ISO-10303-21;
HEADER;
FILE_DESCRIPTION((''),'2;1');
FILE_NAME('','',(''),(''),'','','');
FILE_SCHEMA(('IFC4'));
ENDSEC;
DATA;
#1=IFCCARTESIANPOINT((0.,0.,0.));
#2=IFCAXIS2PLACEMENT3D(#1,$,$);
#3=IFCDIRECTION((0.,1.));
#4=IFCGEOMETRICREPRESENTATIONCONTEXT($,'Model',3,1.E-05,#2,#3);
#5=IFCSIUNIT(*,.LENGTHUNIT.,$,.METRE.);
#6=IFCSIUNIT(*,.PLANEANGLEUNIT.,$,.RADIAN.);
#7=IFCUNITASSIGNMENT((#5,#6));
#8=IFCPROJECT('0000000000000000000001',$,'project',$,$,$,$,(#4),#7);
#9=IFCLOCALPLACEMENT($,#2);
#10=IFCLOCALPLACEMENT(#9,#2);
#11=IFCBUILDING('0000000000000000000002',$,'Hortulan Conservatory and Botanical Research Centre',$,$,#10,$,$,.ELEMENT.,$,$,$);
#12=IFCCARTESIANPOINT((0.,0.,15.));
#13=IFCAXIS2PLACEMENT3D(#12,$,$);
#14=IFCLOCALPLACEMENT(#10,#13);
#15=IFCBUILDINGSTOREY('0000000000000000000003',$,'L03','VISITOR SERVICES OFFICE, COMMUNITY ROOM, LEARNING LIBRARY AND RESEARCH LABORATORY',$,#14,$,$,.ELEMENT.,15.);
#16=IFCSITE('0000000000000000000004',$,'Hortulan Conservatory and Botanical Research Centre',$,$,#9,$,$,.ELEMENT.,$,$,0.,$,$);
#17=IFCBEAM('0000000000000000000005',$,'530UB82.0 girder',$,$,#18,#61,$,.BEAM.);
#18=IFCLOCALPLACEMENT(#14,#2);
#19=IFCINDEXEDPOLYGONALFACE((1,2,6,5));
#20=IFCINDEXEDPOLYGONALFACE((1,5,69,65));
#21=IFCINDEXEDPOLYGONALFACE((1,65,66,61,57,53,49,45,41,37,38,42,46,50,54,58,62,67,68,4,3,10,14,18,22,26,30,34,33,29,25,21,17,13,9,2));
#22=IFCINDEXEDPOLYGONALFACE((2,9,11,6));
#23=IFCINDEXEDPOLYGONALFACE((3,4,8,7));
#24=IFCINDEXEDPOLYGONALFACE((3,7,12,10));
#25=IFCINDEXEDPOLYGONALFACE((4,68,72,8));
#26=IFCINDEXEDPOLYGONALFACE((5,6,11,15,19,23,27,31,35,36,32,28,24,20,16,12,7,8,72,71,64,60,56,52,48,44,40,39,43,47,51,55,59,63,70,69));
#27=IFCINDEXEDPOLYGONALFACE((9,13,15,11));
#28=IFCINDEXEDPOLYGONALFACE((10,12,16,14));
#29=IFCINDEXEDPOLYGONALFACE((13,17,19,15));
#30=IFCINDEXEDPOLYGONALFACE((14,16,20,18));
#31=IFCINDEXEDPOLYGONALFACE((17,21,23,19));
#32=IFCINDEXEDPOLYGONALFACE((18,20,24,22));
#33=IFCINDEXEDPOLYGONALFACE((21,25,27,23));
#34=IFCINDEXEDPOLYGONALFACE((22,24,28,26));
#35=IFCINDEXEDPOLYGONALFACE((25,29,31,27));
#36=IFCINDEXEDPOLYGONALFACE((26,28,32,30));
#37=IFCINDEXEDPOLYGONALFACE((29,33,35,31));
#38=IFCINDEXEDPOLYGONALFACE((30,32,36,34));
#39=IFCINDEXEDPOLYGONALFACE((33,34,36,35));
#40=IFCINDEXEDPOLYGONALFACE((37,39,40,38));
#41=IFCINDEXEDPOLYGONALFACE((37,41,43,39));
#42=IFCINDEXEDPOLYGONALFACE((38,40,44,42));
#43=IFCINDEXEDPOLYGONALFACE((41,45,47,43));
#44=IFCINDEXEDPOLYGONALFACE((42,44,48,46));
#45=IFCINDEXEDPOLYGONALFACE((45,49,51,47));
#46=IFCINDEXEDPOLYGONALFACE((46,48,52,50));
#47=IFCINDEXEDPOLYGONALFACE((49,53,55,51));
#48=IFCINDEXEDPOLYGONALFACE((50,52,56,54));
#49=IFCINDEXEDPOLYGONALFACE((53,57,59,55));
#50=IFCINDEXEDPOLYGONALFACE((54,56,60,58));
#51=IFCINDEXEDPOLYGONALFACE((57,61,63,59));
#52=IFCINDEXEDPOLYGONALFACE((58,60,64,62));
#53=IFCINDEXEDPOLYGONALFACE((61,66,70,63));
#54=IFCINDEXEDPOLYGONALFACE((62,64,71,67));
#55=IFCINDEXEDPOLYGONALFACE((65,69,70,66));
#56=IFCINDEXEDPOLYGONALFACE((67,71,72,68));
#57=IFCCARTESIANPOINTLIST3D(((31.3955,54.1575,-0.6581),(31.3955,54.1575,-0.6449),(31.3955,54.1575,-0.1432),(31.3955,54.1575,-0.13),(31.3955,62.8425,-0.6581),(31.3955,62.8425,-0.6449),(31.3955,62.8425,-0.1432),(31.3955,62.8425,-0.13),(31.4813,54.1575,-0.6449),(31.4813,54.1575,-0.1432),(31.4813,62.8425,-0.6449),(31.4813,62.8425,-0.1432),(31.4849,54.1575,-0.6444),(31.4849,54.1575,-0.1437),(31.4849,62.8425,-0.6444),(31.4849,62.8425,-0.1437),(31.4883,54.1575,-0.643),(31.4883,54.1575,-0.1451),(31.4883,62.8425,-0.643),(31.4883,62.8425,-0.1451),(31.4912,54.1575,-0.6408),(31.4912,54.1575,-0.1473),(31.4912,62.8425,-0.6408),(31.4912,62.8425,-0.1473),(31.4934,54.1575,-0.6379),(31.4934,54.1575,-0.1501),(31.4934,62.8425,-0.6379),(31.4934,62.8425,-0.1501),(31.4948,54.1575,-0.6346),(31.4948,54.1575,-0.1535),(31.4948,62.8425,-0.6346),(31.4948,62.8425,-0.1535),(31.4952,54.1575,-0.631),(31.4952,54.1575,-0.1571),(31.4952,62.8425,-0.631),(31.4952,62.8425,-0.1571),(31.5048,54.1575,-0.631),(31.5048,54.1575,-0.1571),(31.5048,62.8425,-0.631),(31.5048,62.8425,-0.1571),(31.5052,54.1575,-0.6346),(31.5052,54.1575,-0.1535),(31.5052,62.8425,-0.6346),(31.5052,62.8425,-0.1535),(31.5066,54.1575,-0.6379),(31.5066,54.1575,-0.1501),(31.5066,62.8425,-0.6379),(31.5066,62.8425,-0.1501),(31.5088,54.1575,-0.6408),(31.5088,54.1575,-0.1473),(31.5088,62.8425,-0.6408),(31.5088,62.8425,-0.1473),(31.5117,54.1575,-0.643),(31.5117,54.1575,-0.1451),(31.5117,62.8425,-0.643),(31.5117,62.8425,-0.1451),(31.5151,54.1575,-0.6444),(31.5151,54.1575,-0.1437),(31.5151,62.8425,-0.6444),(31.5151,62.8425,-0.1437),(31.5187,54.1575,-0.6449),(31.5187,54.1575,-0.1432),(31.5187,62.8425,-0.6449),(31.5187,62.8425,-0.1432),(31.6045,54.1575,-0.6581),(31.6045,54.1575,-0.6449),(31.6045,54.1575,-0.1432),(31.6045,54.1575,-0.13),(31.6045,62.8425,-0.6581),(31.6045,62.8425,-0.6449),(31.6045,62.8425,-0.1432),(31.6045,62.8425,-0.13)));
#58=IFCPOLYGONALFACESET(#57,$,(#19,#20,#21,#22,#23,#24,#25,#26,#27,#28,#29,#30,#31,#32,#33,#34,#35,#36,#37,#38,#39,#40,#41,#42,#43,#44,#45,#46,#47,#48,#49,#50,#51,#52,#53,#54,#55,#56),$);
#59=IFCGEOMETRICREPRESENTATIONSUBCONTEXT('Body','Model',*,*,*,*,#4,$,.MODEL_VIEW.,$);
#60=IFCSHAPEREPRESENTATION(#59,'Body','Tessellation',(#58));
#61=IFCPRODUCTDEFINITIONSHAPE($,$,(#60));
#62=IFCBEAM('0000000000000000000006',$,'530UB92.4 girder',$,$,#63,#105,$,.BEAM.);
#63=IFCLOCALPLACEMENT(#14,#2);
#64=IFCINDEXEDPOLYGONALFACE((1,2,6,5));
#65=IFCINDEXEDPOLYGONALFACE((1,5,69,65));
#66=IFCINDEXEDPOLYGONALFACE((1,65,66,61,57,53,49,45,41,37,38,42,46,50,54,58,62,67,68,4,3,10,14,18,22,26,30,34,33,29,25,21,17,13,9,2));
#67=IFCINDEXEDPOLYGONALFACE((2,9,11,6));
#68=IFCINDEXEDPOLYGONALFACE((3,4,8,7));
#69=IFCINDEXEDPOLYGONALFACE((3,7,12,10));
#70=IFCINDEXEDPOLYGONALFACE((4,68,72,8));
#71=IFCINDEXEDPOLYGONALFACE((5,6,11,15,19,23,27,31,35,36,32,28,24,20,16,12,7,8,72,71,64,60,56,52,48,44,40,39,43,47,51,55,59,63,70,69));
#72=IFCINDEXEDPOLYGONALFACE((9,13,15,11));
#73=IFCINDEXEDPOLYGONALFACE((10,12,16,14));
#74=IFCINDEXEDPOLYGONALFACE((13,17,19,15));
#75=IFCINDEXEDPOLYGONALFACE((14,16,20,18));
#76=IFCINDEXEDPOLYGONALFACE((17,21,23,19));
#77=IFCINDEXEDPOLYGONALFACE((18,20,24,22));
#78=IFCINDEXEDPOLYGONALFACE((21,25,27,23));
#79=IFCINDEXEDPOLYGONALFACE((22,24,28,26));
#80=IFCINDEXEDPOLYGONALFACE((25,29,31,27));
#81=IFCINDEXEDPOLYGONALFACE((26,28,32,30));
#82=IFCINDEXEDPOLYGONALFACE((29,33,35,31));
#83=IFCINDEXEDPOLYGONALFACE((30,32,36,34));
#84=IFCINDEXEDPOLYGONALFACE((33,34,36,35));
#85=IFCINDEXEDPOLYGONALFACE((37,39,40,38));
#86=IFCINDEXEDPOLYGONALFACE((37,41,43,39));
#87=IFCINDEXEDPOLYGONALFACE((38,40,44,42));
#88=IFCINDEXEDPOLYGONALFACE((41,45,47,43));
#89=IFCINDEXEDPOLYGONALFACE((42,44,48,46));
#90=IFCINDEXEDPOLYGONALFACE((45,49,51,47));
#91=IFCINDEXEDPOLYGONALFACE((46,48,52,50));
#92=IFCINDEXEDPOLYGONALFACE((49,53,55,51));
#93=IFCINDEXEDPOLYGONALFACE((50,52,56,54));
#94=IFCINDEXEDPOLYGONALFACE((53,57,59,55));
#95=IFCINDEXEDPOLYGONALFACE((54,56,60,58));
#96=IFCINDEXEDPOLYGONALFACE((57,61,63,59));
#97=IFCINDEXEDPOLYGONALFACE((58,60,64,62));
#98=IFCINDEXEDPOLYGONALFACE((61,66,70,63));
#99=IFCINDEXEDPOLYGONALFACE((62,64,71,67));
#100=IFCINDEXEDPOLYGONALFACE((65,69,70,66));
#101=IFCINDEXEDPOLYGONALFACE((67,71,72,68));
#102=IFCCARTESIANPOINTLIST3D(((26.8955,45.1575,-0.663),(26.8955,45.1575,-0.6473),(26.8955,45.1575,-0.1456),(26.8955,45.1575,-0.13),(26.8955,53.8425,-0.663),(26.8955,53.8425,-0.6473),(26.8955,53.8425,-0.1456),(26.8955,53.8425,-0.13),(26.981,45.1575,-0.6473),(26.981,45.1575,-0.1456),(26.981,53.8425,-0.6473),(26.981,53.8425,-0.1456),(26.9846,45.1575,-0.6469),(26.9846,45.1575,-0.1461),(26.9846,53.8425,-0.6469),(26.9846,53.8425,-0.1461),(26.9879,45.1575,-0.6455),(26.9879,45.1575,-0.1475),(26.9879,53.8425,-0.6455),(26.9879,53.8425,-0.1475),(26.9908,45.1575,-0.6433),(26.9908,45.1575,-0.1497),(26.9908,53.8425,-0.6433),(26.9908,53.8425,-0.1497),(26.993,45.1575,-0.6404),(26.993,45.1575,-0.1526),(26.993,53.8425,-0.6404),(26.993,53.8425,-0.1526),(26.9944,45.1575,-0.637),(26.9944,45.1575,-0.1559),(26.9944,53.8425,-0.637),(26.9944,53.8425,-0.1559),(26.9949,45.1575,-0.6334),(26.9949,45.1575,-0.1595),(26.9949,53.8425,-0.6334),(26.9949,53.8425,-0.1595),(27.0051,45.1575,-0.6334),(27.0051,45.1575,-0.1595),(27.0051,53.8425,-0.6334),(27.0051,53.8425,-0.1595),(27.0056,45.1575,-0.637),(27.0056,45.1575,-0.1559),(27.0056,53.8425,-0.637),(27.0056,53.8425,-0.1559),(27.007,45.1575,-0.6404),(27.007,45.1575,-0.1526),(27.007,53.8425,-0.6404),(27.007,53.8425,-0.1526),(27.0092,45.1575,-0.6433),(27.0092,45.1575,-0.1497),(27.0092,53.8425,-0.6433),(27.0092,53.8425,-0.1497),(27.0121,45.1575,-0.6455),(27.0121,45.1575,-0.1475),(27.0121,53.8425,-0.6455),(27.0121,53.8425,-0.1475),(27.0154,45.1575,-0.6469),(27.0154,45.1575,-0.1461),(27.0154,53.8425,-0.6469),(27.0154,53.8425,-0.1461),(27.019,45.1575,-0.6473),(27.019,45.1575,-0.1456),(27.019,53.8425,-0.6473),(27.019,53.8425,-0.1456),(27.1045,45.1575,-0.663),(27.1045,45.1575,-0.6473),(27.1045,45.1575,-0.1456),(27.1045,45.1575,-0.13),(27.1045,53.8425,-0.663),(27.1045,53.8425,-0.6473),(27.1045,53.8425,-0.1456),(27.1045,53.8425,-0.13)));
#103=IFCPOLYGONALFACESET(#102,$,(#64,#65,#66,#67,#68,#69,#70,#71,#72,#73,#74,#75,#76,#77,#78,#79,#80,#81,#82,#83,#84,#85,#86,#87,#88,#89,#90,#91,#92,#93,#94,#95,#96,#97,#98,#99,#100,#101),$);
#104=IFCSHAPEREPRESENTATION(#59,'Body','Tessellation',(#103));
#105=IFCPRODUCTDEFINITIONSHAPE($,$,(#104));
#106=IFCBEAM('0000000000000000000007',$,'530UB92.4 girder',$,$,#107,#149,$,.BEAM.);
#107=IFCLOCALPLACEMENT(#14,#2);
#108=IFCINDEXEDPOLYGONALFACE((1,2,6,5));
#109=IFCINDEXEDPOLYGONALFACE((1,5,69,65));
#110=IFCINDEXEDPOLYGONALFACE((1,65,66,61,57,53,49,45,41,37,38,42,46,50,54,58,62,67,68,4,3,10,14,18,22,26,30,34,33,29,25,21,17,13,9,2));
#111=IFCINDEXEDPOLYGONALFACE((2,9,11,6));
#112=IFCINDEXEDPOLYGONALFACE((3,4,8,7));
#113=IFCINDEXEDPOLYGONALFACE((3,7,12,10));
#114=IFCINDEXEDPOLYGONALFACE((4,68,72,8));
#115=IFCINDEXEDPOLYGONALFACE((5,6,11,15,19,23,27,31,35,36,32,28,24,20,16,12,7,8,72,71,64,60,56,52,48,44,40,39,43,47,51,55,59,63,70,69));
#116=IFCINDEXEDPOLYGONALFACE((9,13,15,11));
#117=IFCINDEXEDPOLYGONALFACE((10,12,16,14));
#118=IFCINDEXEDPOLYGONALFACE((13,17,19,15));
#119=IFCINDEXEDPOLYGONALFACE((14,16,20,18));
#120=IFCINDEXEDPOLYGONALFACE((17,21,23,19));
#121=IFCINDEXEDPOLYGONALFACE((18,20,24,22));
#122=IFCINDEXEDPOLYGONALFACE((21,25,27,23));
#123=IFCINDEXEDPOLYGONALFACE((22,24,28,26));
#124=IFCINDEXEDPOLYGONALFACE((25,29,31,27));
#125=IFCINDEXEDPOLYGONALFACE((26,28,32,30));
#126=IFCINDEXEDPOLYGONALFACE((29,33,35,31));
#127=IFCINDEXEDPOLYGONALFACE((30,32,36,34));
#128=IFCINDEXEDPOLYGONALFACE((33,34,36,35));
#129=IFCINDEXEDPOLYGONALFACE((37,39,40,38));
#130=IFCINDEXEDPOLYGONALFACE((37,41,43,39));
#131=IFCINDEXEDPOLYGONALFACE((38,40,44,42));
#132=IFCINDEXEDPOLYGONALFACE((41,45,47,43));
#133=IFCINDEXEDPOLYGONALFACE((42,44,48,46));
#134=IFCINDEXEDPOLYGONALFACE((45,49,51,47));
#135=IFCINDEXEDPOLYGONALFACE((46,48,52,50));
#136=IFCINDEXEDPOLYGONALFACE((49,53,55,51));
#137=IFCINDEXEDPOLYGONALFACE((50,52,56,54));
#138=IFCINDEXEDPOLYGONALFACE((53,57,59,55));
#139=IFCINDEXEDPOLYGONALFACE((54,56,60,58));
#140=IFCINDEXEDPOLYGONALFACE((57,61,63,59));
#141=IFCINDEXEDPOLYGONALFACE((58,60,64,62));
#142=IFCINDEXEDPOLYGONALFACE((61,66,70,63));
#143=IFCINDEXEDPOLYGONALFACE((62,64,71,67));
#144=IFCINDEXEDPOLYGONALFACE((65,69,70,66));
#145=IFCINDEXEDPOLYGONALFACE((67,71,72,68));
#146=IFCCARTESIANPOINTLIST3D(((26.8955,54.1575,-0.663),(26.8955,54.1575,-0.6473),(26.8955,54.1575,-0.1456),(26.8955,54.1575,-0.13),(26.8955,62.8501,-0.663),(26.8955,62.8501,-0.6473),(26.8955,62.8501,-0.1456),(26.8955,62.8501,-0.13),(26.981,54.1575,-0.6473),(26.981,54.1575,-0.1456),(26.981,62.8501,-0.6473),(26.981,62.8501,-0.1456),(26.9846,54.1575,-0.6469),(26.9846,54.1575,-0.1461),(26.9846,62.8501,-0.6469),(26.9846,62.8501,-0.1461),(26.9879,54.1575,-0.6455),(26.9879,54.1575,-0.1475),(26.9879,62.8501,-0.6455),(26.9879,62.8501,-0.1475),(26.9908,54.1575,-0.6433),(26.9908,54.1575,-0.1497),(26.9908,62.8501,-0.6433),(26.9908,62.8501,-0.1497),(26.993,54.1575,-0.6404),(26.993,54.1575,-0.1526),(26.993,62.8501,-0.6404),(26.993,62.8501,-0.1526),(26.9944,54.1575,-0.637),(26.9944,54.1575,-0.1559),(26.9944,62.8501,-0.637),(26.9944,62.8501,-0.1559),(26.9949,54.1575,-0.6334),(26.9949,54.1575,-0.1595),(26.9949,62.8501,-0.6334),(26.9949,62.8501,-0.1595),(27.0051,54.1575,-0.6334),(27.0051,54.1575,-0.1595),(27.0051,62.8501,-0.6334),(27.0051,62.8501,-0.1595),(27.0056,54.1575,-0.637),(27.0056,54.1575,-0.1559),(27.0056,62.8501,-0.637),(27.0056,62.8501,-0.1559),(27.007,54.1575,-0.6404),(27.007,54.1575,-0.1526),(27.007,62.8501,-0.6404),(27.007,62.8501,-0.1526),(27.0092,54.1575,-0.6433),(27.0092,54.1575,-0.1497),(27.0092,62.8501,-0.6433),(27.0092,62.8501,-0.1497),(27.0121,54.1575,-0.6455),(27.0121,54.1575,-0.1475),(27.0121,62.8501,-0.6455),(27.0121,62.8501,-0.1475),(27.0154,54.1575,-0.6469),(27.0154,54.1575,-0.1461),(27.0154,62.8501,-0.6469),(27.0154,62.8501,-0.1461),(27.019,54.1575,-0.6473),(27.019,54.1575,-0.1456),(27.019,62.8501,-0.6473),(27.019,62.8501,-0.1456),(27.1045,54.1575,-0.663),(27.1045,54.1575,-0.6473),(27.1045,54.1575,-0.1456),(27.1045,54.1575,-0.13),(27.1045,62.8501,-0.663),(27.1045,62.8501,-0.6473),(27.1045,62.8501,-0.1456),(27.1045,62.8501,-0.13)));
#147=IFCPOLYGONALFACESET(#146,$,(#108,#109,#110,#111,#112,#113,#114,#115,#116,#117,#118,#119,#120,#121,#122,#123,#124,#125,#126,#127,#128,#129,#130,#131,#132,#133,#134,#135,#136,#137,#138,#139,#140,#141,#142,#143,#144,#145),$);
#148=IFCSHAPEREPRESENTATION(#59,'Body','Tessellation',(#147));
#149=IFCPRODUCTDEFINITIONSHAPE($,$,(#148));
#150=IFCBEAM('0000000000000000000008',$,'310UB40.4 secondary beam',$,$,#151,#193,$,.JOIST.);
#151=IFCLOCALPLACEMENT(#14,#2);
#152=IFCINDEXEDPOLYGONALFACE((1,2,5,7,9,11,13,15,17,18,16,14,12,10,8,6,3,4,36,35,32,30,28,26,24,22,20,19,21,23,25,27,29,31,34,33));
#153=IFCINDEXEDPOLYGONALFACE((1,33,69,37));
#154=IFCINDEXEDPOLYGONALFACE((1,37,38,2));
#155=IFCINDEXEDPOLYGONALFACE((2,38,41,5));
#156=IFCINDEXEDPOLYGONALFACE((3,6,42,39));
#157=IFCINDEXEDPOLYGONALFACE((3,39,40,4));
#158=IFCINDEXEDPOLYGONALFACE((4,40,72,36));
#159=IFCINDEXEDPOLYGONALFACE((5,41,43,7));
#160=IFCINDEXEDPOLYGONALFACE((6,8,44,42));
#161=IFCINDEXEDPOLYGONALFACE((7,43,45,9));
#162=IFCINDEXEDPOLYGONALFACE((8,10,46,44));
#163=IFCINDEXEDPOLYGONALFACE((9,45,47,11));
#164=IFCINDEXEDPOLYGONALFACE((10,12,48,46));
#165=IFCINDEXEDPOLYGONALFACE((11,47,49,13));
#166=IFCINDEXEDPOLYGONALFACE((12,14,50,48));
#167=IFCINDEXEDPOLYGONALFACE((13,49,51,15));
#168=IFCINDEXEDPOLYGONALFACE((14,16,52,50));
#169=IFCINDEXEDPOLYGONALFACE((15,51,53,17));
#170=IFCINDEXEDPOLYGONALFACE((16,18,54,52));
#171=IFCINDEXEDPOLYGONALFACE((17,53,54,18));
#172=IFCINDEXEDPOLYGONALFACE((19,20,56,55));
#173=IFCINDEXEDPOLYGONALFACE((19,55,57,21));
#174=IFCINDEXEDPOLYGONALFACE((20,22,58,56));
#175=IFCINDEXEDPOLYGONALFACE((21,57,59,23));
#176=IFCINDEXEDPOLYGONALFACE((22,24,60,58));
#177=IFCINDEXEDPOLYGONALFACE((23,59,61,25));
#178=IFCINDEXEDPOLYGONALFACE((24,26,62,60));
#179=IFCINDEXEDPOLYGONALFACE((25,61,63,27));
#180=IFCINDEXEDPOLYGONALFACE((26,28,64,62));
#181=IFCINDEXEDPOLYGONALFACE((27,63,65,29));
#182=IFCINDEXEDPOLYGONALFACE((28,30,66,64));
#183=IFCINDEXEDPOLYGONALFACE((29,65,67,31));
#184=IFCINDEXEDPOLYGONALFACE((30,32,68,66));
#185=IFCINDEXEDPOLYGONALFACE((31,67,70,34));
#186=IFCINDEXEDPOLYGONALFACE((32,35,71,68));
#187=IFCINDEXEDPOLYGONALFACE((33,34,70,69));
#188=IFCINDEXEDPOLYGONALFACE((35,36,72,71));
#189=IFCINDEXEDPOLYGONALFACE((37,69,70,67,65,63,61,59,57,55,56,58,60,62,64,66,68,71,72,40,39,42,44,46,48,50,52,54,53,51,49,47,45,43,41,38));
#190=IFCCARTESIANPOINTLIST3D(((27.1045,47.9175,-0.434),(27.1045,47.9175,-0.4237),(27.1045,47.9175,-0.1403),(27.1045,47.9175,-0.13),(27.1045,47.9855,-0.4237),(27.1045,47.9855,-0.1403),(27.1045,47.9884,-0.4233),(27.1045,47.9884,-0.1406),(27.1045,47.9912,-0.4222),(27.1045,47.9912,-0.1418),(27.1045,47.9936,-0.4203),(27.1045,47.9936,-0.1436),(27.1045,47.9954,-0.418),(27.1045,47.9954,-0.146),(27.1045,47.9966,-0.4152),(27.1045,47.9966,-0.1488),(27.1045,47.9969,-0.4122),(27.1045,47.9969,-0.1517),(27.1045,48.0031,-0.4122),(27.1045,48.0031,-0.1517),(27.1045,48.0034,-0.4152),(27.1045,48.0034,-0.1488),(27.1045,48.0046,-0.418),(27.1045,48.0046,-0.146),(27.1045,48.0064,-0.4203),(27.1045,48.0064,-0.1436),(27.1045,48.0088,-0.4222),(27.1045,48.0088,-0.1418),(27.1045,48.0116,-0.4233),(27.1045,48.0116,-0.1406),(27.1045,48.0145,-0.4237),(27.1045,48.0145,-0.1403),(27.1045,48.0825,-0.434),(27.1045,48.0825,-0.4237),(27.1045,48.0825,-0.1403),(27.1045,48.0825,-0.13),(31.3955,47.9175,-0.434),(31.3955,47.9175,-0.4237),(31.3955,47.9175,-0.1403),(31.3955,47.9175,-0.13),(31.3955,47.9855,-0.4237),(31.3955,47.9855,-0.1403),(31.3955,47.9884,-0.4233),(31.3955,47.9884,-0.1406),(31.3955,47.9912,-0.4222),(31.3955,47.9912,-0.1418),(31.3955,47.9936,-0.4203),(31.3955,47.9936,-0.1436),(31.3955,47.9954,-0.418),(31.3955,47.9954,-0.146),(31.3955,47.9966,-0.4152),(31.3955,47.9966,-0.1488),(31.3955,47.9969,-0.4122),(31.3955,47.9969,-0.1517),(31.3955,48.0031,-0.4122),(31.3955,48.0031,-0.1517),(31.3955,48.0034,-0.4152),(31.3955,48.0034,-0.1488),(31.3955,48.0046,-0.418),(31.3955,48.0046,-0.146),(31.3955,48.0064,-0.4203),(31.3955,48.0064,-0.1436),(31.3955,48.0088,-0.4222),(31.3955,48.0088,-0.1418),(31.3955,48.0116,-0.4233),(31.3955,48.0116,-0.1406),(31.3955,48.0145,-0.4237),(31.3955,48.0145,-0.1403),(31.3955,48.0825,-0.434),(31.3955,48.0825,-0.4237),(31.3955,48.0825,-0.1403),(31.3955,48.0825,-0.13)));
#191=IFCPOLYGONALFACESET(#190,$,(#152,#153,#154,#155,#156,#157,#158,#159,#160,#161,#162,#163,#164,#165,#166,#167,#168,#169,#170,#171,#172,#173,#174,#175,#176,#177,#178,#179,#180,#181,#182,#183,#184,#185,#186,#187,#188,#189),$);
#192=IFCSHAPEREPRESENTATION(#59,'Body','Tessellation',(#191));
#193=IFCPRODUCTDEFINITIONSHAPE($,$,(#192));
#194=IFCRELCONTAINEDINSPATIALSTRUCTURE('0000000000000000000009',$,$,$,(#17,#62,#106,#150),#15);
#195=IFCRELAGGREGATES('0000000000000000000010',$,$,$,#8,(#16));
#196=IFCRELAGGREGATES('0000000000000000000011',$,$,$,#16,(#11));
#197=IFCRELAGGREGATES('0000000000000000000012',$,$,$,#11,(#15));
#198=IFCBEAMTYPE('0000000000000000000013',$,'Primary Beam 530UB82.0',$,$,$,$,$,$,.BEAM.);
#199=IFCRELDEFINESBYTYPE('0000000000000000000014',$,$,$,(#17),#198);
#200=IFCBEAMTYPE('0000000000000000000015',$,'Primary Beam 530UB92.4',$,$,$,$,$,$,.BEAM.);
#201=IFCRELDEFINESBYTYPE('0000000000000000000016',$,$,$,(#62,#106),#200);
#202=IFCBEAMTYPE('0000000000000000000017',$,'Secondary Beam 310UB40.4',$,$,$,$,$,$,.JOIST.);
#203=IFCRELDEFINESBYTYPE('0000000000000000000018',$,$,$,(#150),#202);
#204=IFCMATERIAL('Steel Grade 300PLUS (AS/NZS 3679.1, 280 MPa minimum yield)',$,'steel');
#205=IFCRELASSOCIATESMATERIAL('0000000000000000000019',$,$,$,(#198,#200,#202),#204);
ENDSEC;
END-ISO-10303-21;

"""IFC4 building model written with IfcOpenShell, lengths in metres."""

from ifc_helpers import new_model, si_unit, direction, frame, origin, origin_2d, place, context, subcontext, project, spatial, i_section, extrude, material, material_profile, profile_set, type_object, element, save


model = new_model("IFC4")

# Units and contexts
model_context = context("Model", 3, precision=1e-05, world=origin(), true_north=direction((0.0, 1.0)))
body_context = subcontext(model_context, "Body", "Model", "MODEL_VIEW")
ifc_project = project(units=[si_unit("LENGTHUNIT", "METRE"), si_unit("PLANEANGLEUNIT", "RADIAN")], contexts=[model_context])

# Site, building, storey
site_placement = place(None, origin())
site = spatial("IfcSite", under=ifc_project, at=site_placement, Name="Hortulan Conservatory and Botanical Research Centre", CompositionType="ELEMENT", RefElevation=0.0)
building_placement = place(site_placement, origin())
building = spatial("IfcBuilding", under=site, at=building_placement, Name="Hortulan Conservatory and Botanical Research Centre", CompositionType="ELEMENT")
storey_placement = place(building_placement, frame((0.0, 0.0, 15.0)))
storey = spatial("IfcBuildingStorey", under=building, at=storey_placement, Name="L03", Description="VISITOR SERVICES OFFICE, COMMUNITY ROOM, LEARNING LIBRARY AND RESEARCH LABORATORY", CompositionType="ELEMENT", Elevation=15.0)

# Shared definitions
ifc_material_1 = material(Name="Steel Grade 300PLUS (AS/NZS 3679.1, 280 MPa minimum yield)", Category="steel")

# Beams
ifc_material_profile_1 = material_profile(ifc_material_1, i_section(OverallWidth=0.209, OverallDepth=0.5281, WebThickness=0.0095, FlangeThickness=0.0132, FilletRadius=0.0139, at=origin_2d()), Name="530UB82.0")
ifc_profile_set_1 = profile_set([ifc_material_profile_1], Name="Steel Grade 300PLUS (AS/NZS 3679.1, 280 MPa minimum yield)")
beam_type_1 = type_object("IfcBeamType", Name="Primary Beam 530UB82.0", PredefinedType="BEAM", material=ifc_profile_set_1)
for number, where, z_axis, x_axis, name in (
    (1, (31.5, 54.1575, -0.394), (0.0, 1.0, 0.0), (-1.0, 0.0, 0.0), "530UB82.0 girder"),
):
    element("IfcBeam", number, at=place(storey_placement, frame(where, z_axis=z_axis, x_axis=x_axis)), inside=storey, type_object=beam_type_1, Name=name, PredefinedType="BEAM", context=body_context, shape_type="SweptSolid", body=[
        extrude(i_section(OverallWidth=0.209, OverallDepth=0.5281, WebThickness=0.0095, FlangeThickness=0.0132, FilletRadius=0.0139, at=origin_2d()), origin(), (0.0, 0.0, 1.0), 8.6851),
    ])
ifc_material_profile_2 = material_profile(ifc_material_1, i_section(OverallWidth=0.209, OverallDepth=0.533, WebThickness=0.0103, FlangeThickness=0.0156, FilletRadius=0.0139, at=origin_2d()), Name="530UB92.4")
ifc_profile_set_2 = profile_set([ifc_material_profile_2], Name="Steel Grade 300PLUS (AS/NZS 3679.1, 280 MPa minimum yield)")
beam_type_2 = type_object("IfcBeamType", Name="Primary Beam 530UB92.4", PredefinedType="BEAM", material=ifc_profile_set_2)
beam_1_placement = place(storey_placement, frame((27.0, 45.1575, -0.3965), z_axis=(0.0, 1.0, 0.0), x_axis=(-1.0, 0.0, 0.0)))
element("IfcBeam", 2, at=beam_1_placement, inside=storey, type_object=beam_type_2, Name="530UB92.4 girder", PredefinedType="BEAM", context=body_context, shape_type="SweptSolid", body=[
    extrude(i_section(OverallWidth=0.209, OverallDepth=0.533, WebThickness=0.0103, FlangeThickness=0.0156, FilletRadius=0.0139, at=origin_2d()), origin(), (0.0, 0.0, 1.0), 8.6851),
])
beam_2_placement = place(storey_placement, frame((27.0, 54.1575, -0.3965), z_axis=(0.0, 1.0, 0.0), x_axis=(-1.0, 0.0, 0.0)))
element("IfcBeam", 3, at=beam_2_placement, inside=storey, type_object=beam_type_2, Name="530UB92.4 girder", PredefinedType="BEAM", context=body_context, shape_type="SweptSolid", body=[
    extrude(i_section(OverallWidth=0.209, OverallDepth=0.533, WebThickness=0.0103, FlangeThickness=0.0156, FilletRadius=0.0139, at=origin_2d()), origin(), (0.0, 0.0, 1.0), 8.6926),
])
ifc_material_profile_3 = material_profile(ifc_material_1, i_section(OverallWidth=0.165, OverallDepth=0.304, WebThickness=0.0061, FlangeThickness=0.0103, FilletRadius=0.0115, at=origin_2d()), Name="310UB40.4")
ifc_profile_set_3 = profile_set([ifc_material_profile_3], Name="Steel Grade 300PLUS (AS/NZS 3679.1, 280 MPa minimum yield)")
beam_type_3 = type_object("IfcBeamType", Name="Secondary Beam 310UB40.4", PredefinedType="JOIST", material=ifc_profile_set_3)
for number, where, z_axis, x_axis, name in (
    (4, (27.1045, 48.0, -0.282), (1.0, 0.0, 0.0), (0.0, 1.0, 0.0), "310UB40.4 secondary beam"),
):
    element("IfcBeam", number, at=place(storey_placement, frame(where, z_axis=z_axis, x_axis=x_axis)), inside=storey, type_object=beam_type_3, Name=name, PredefinedType="JOIST", context=body_context, shape_type="SweptSolid", body=[
        extrude(i_section(OverallWidth=0.165, OverallDepth=0.304, WebThickness=0.0061, FlangeThickness=0.0103, FilletRadius=0.0115, at=origin_2d()), origin(), (0.0, 0.0, 1.0), 4.291),
    ])

save(model, "model.ifc")
